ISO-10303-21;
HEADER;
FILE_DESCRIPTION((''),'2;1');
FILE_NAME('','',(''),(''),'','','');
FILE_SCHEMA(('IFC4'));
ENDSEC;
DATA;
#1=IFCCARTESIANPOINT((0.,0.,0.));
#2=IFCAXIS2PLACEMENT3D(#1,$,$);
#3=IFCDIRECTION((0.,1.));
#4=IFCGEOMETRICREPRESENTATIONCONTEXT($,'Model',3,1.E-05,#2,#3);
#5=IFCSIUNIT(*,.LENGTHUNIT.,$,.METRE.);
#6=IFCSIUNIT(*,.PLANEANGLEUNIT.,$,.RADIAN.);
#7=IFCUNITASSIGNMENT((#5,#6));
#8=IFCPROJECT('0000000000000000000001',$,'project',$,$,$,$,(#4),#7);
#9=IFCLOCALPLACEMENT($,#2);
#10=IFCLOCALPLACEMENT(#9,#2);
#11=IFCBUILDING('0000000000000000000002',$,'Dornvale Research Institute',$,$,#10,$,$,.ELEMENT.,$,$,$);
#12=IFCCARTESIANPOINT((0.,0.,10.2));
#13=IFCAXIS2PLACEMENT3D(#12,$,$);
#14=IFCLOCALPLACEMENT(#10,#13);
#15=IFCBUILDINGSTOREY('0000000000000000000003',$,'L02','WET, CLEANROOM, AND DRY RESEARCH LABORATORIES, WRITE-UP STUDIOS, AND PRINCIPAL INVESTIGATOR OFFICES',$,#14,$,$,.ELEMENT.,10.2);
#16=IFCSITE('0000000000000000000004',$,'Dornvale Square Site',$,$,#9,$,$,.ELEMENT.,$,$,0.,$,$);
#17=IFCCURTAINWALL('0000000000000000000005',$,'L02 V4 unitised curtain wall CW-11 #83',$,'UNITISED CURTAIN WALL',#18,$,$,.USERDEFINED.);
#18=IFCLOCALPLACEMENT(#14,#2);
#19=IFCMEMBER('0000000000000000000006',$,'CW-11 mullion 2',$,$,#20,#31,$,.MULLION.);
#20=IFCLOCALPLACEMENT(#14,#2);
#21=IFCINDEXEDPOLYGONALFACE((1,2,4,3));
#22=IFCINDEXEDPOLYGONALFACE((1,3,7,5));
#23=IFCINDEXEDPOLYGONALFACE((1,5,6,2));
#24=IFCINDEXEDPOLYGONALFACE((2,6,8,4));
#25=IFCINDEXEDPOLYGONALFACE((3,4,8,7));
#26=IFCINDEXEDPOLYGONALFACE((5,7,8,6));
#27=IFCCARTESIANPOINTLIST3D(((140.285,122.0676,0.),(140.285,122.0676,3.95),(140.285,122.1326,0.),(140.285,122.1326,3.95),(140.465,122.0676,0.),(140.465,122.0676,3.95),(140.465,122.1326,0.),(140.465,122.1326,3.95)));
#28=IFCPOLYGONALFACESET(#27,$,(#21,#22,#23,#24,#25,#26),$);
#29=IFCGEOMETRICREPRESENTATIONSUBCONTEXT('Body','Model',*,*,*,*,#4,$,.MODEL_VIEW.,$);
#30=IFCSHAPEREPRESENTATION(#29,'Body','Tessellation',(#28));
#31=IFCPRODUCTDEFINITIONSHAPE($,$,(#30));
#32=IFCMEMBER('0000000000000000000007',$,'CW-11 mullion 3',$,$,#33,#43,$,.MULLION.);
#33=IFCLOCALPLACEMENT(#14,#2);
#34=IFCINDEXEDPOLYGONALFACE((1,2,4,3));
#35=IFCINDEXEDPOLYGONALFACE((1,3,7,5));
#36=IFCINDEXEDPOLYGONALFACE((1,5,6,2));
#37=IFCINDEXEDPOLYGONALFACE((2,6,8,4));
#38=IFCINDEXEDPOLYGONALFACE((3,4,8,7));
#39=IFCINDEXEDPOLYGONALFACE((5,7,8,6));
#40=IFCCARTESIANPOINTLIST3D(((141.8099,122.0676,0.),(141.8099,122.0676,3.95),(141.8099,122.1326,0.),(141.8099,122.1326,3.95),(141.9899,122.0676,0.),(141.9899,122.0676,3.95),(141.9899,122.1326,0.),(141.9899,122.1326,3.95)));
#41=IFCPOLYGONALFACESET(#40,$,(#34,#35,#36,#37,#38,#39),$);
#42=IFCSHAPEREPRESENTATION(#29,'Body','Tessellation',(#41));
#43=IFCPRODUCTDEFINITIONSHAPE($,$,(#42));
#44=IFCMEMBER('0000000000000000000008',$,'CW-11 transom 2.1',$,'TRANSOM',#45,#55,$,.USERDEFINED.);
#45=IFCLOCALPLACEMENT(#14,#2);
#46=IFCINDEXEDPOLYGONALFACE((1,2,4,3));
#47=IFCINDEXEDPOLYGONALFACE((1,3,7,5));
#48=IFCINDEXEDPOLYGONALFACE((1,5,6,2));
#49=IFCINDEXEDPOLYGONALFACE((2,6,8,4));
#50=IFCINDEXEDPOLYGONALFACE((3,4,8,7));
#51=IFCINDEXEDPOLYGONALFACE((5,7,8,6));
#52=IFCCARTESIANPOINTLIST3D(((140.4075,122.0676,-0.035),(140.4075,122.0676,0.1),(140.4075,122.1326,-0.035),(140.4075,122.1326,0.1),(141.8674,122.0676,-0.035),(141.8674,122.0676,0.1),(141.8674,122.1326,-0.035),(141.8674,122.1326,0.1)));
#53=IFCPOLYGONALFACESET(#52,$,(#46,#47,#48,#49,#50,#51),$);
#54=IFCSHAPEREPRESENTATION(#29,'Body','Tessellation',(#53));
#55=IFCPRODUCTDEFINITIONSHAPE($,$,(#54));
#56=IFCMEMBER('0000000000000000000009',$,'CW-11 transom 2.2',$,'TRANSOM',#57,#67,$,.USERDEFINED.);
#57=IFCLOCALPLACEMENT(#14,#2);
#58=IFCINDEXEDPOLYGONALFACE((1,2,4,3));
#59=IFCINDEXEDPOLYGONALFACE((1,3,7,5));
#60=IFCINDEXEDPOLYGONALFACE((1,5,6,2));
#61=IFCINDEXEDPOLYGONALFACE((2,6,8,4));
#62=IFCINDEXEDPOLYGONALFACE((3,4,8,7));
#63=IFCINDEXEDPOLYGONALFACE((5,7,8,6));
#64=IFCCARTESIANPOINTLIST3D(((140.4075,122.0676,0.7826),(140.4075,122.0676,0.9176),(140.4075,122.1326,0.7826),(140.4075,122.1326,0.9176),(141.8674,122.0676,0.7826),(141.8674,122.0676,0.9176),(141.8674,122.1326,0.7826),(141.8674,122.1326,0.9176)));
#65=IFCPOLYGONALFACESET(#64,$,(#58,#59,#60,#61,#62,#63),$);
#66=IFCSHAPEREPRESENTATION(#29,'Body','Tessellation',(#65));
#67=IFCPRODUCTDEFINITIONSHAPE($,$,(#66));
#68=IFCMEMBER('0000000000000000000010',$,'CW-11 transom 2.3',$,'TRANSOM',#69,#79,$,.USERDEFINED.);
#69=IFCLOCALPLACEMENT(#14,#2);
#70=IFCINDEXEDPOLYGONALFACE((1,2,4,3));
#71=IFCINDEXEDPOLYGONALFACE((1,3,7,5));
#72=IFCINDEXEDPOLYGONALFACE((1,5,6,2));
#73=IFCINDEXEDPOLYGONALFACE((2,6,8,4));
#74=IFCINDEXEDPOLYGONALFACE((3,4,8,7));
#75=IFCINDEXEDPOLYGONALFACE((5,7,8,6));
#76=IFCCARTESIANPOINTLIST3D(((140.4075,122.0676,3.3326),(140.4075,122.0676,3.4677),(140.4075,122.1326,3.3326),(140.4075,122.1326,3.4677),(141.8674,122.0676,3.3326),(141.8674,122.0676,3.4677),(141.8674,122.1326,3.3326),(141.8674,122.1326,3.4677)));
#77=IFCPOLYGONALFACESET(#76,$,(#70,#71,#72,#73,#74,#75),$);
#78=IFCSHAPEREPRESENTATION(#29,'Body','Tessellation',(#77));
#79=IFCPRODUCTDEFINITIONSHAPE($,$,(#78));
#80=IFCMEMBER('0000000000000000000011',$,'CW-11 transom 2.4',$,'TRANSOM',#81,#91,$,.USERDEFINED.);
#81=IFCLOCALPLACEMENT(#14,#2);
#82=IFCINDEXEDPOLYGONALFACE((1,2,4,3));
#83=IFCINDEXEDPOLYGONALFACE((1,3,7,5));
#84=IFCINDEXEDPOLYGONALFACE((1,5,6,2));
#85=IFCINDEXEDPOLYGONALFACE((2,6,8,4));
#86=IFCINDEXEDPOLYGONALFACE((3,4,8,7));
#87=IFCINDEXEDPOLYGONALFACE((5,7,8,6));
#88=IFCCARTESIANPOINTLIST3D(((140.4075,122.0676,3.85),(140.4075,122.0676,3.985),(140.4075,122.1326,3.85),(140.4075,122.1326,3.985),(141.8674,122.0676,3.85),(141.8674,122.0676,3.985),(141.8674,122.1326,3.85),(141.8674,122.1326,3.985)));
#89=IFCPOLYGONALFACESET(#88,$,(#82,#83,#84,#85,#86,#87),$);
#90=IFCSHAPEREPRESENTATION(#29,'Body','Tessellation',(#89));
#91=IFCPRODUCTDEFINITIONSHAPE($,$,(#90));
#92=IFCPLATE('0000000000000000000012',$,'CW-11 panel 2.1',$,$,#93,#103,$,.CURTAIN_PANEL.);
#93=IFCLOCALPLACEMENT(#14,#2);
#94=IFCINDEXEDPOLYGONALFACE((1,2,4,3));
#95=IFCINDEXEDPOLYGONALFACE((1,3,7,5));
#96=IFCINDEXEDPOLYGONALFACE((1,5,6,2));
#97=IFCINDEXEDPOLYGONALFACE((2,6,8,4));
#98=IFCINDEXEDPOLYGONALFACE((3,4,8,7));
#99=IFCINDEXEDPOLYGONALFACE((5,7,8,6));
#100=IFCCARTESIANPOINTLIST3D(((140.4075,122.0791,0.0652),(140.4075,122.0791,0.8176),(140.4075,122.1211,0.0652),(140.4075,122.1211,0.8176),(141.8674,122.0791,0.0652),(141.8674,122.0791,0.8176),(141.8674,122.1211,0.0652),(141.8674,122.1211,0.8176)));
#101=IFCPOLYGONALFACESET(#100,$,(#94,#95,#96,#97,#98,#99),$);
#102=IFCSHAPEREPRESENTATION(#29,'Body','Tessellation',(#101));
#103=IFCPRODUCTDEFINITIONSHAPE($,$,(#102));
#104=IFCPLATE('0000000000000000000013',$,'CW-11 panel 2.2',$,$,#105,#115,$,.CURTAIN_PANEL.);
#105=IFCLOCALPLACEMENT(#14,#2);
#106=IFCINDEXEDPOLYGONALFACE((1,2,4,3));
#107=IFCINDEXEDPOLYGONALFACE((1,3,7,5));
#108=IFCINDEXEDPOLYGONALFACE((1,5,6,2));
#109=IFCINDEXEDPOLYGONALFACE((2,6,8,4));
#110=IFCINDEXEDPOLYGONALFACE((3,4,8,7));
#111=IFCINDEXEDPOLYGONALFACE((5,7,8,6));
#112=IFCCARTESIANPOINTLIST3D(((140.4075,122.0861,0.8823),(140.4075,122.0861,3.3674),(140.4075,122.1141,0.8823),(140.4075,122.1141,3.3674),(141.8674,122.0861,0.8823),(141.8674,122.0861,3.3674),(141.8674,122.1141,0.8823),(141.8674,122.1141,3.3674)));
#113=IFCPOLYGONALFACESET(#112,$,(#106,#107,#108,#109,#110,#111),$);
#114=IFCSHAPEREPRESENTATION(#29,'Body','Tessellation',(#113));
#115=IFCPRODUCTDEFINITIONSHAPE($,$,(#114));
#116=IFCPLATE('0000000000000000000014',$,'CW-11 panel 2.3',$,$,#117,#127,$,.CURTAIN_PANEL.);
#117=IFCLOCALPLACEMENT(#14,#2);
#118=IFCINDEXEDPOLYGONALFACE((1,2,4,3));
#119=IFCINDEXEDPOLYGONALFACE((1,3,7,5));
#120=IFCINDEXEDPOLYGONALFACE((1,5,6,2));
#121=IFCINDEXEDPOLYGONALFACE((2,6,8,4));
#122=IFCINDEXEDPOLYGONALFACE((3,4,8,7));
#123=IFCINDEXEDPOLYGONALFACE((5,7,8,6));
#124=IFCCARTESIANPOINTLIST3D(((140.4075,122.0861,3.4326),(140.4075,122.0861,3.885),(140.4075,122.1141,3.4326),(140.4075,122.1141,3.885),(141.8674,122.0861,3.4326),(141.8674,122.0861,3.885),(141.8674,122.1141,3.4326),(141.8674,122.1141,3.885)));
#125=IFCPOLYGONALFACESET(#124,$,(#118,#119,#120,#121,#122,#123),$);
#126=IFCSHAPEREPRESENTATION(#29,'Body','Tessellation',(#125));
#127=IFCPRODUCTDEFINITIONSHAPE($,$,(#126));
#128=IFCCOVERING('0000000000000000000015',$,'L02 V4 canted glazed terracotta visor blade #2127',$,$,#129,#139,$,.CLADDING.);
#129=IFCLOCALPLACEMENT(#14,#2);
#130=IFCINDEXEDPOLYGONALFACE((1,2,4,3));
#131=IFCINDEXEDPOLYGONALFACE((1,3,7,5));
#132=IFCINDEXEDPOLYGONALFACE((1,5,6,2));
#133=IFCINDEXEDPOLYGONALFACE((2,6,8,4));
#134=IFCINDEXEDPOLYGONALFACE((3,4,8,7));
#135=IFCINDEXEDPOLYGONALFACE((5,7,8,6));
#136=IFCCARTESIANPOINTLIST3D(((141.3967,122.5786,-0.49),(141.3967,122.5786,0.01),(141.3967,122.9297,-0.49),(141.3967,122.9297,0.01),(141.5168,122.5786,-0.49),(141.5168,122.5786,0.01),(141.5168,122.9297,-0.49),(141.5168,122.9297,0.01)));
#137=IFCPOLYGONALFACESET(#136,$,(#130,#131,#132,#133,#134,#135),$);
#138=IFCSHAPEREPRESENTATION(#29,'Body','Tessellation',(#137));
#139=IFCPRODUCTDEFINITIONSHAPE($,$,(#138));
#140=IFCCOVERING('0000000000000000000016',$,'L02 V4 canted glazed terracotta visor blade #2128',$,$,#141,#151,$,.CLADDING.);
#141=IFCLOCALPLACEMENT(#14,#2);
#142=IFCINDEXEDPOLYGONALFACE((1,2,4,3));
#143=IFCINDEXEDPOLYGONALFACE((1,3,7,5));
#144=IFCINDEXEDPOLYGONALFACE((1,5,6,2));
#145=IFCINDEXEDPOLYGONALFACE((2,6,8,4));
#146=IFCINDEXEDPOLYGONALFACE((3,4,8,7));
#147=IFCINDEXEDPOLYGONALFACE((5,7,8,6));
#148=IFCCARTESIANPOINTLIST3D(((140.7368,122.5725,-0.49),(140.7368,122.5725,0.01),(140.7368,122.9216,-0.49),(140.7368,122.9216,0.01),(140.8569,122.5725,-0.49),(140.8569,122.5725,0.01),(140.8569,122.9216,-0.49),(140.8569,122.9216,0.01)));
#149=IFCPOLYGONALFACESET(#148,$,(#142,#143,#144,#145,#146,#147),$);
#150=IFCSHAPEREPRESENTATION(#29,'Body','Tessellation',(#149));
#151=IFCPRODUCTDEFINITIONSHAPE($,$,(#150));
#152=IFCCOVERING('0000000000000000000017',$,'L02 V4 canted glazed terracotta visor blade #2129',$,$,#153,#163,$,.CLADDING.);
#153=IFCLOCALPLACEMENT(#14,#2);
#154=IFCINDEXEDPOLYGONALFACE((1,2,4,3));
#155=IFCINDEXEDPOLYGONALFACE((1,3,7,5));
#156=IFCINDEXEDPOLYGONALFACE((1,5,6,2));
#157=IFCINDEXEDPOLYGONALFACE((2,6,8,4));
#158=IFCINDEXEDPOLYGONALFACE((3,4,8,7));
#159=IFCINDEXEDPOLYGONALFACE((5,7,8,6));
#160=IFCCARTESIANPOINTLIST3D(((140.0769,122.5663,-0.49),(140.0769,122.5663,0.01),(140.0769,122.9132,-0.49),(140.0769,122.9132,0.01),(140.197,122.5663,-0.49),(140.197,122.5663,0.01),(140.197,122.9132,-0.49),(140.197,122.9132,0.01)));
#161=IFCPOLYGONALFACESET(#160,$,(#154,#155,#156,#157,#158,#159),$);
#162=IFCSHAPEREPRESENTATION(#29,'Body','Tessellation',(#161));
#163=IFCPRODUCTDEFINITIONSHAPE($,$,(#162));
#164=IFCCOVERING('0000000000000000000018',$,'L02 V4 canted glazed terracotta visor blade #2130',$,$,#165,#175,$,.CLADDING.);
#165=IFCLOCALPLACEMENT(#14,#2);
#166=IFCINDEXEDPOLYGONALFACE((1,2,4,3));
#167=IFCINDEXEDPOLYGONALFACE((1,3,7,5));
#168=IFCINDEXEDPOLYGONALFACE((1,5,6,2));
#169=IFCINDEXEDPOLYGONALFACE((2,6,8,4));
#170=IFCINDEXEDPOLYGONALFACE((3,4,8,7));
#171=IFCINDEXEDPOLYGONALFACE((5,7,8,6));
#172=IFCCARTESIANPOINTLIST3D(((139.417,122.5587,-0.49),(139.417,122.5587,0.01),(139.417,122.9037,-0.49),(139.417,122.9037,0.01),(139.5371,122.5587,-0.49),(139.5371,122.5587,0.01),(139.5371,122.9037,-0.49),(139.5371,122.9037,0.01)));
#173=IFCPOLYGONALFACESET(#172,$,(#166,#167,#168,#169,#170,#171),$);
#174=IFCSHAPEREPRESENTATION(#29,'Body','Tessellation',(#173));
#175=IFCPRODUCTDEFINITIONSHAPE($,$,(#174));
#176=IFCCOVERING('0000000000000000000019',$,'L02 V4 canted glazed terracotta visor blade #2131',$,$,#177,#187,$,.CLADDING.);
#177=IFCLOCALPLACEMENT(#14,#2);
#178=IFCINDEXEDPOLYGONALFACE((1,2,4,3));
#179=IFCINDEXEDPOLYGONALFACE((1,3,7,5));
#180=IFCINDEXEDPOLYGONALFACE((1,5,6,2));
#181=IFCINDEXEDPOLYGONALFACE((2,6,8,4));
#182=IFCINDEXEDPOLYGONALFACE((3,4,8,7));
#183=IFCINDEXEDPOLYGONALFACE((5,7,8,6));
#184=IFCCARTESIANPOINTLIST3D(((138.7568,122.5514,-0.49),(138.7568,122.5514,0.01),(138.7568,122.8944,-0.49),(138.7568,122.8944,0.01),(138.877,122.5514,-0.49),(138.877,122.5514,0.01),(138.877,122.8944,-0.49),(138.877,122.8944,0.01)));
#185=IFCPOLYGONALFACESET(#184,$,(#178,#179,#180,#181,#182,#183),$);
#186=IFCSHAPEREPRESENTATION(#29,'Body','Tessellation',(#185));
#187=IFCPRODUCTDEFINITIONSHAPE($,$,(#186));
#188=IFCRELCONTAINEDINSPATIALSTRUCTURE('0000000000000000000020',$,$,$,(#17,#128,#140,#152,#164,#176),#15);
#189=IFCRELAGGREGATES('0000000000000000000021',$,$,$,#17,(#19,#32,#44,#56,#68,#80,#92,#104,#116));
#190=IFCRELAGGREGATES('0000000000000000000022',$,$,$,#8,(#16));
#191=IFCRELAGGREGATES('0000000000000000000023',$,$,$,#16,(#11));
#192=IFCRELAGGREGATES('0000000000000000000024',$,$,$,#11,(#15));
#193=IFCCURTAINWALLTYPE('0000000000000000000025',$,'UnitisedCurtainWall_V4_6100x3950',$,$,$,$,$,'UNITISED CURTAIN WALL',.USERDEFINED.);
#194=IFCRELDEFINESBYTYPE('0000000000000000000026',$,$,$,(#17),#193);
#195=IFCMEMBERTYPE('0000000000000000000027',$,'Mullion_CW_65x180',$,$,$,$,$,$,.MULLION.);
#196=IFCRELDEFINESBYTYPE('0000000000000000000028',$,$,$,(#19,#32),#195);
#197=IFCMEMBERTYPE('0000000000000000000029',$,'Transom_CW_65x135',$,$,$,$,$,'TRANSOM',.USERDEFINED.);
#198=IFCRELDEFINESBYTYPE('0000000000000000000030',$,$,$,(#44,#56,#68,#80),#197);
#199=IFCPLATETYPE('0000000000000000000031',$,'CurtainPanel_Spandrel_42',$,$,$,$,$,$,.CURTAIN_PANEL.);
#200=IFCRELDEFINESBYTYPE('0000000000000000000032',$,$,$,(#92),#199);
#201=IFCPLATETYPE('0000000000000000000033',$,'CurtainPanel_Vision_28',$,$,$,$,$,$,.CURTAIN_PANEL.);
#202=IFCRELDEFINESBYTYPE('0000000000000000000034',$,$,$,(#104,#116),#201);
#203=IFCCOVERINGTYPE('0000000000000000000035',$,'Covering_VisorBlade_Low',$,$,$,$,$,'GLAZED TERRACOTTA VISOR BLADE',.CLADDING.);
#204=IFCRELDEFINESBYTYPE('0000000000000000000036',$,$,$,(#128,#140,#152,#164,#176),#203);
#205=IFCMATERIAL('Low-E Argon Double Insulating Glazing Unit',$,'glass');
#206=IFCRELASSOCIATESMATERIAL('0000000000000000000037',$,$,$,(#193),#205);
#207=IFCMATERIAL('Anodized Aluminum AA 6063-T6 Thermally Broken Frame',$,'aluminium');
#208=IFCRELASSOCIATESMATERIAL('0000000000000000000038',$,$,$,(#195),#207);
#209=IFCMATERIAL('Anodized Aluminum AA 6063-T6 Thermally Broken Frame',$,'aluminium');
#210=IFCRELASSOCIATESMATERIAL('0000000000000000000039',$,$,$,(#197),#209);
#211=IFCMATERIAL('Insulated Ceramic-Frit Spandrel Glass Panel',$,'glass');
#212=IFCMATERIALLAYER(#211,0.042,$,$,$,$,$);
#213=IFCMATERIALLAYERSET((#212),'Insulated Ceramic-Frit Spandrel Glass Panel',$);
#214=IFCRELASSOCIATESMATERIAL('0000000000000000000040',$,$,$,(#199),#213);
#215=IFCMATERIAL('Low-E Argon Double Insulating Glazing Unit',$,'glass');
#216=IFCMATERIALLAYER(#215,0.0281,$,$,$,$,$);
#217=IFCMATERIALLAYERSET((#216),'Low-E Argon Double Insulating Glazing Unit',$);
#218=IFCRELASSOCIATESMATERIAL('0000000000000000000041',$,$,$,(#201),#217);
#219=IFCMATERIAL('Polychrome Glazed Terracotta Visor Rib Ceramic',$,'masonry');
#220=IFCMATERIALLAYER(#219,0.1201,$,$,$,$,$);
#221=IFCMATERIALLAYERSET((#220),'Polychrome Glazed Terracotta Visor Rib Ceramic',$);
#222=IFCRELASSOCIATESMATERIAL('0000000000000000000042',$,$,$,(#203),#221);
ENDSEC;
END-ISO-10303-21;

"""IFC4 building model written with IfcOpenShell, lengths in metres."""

from ifc_helpers import new_model, si_unit, direction, frame, origin, origin_2d, place, context, subcontext, project, spatial, rectangle, extrude, material, layer, layer_set, material_profile, profile_set, type_object, element, aggregate, save


model = new_model("IFC4")

# Units and contexts
model_context = context("Model", 3, precision=1e-05, world=origin(), true_north=direction((0.0, 1.0)))
body_context = subcontext(model_context, "Body", "Model", "MODEL_VIEW")
ifc_project = project(units=[si_unit("LENGTHUNIT", "METRE"), si_unit("PLANEANGLEUNIT", "RADIAN")], contexts=[model_context])

# Site, building, storey
site_placement = place(None, origin())
site = spatial("IfcSite", under=ifc_project, at=site_placement, Name="Dornvale Square Site", CompositionType="ELEMENT", RefElevation=0.0)
building_placement = place(site_placement, origin())
building = spatial("IfcBuilding", under=site, at=building_placement, Name="Dornvale Research Institute", CompositionType="ELEMENT")
storey_placement = place(building_placement, frame((0.0, 0.0, 10.2)))
storey = spatial("IfcBuildingStorey", under=building, at=storey_placement, Name="L02", Description="WET, CLEANROOM, AND DRY RESEARCH LABORATORIES, WRITE-UP STUDIOS, AND PRINCIPAL INVESTIGATOR OFFICES", CompositionType="ELEMENT", Elevation=10.2)

# Curtain wall, members, plates
ifc_material_1 = material(Name="Low-E Argon Double Insulating Glazing Unit", Category="glass")
curtain_wall_type = type_object("IfcCurtainWallType", Name="UnitisedCurtainWall_V4_6100x3950", ElementType="UNITISED CURTAIN WALL", PredefinedType="USERDEFINED", material=ifc_material_1)
curtain_wall_placement = place(storey_placement, origin())
curtain_wall = element("IfcCurtainWall", 1, at=curtain_wall_placement, inside=storey, type_object=curtain_wall_type, Name="L02 V4 unitised curtain wall CW-11 #83", ObjectType="UNITISED CURTAIN WALL", PredefinedType="USERDEFINED")
ifc_material_2 = material(Name="Anodized Aluminum AA 6063-T6 Thermally Broken Frame", Category="aluminium")
ifc_material_profile_1 = material_profile(ifc_material_2, rectangle(XDim=0.0649, YDim=0.1799, at=origin_2d()), Name="ALU MULLION 65x180")
ifc_profile_set_1 = profile_set([ifc_material_profile_1], Name="Anodized Aluminum AA 6063-T6 Thermally Broken Frame")
member_type_1 = type_object("IfcMemberType", Name="Mullion_CW_65x180", PredefinedType="MULLION", material=ifc_profile_set_1)
member_1_placement = place(storey_placement, frame((140.375, 122.1001, 0.0), z_axis=(0.0, 0.0, 1.0), x_axis=(0.0, 1.0, 0.0)))
member_1 = element("IfcMember", 2, at=member_1_placement, type_object=member_type_1, Name="CW-11 mullion 2", PredefinedType="MULLION", context=body_context, shape_type="SweptSolid", body=[
    extrude(rectangle(XDim=0.0649, YDim=0.1799, at=origin_2d()), origin(), (0.0, 0.0, 1.0), 3.95),
])
member_2_placement = place(storey_placement, frame((141.8999, 122.1001, 0.0), z_axis=(0.0, 0.0, 1.0), x_axis=(0.0, 1.0, 0.0)))
member_2 = element("IfcMember", 3, at=member_2_placement, type_object=member_type_1, Name="CW-11 mullion 3", PredefinedType="MULLION", context=body_context, shape_type="SweptSolid", body=[
    extrude(rectangle(XDim=0.0649, YDim=0.1799, at=origin_2d()), origin(), (0.0, 0.0, 1.0), 3.95),
])
ifc_material_3 = material(Name="Anodized Aluminum AA 6063-T6 Thermally Broken Frame", Category="aluminium")
ifc_material_profile_2 = material_profile(ifc_material_3, rectangle(XDim=0.0649, YDim=0.135, at=origin_2d()), Name="ALU TRANSOM 65x135")
ifc_profile_set_2 = profile_set([ifc_material_profile_2], Name="Anodized Aluminum AA 6063-T6 Thermally Broken Frame")
member_type_2 = type_object("IfcMemberType", Name="Transom_CW_65x135", ElementType="TRANSOM", PredefinedType="USERDEFINED", material=ifc_profile_set_2)
member_3_placement = place(storey_placement, frame((140.4075, 122.1001, 0.0325), z_axis=(1.0, 0.0, 0.0), x_axis=(0.0, 1.0, 0.0)))
member_3 = element("IfcMember", 4, at=member_3_placement, type_object=member_type_2, Name="CW-11 transom 2.1", ObjectType="TRANSOM", PredefinedType="USERDEFINED", context=body_context, shape_type="SweptSolid", body=[
    extrude(rectangle(XDim=0.0649, YDim=0.135, at=origin_2d()), origin(), (0.0, 0.0, 1.0), 1.46),
])
member_4_placement = place(storey_placement, frame((140.4075, 122.1001, 0.8501), z_axis=(1.0, 0.0, 0.0), x_axis=(0.0, 1.0, 0.0)))
member_4 = element("IfcMember", 5, at=member_4_placement, type_object=member_type_2, Name="CW-11 transom 2.2", ObjectType="TRANSOM", PredefinedType="USERDEFINED", context=body_context, shape_type="SweptSolid", body=[
    extrude(rectangle(XDim=0.0649, YDim=0.135, at=origin_2d()), origin(), (0.0, 0.0, 1.0), 1.46),
])
member_5_placement = place(storey_placement, frame((140.4075, 122.1001, 3.4001), z_axis=(1.0, 0.0, 0.0), x_axis=(0.0, 1.0, 0.0)))
member_5 = element("IfcMember", 6, at=member_5_placement, type_object=member_type_2, Name="CW-11 transom 2.3", ObjectType="TRANSOM", PredefinedType="USERDEFINED", context=body_context, shape_type="SweptSolid", body=[
    extrude(rectangle(XDim=0.0649, YDim=0.135, at=origin_2d()), origin(), (0.0, 0.0, 1.0), 1.46),
])
member_6_placement = place(storey_placement, frame((140.4075, 122.1001, 3.9175), z_axis=(1.0, 0.0, 0.0), x_axis=(0.0, 1.0, 0.0)))
member_6 = element("IfcMember", 7, at=member_6_placement, type_object=member_type_2, Name="CW-11 transom 2.4", ObjectType="TRANSOM", PredefinedType="USERDEFINED", context=body_context, shape_type="SweptSolid", body=[
    extrude(rectangle(XDim=0.0649, YDim=0.135, at=origin_2d()), origin(), (0.0, 0.0, 1.0), 1.46),
])
ifc_material_4 = material(Name="Insulated Ceramic-Frit Spandrel Glass Panel", Category="glass")
ifc_layer_1 = layer(ifc_material_4, 0.042)
ifc_layer_set_1 = layer_set([ifc_layer_1], Name="Insulated Ceramic-Frit Spandrel Glass Panel")
plate_type_1 = type_object("IfcPlateType", Name="CurtainPanel_Spandrel_42", PredefinedType="CURTAIN_PANEL", material=ifc_layer_set_1)
plate_1_placement = place(storey_placement, frame((141.1375, 122.1001, 0.0652), z_axis=(0.0, 0.0, 1.0), x_axis=(1.0, 0.0, 0.0)))
plate_1 = element("IfcPlate", 8, at=plate_1_placement, type_object=plate_type_1, Name="CW-11 panel 2.1", PredefinedType="CURTAIN_PANEL", context=body_context, shape_type="SweptSolid", body=[
    extrude(rectangle(XDim=1.46, YDim=0.042, at=origin_2d()), origin(), (0.0, 0.0, 1.0), 0.7524),
])
ifc_material_5 = material(Name="Low-E Argon Double Insulating Glazing Unit", Category="glass")
ifc_layer_2 = layer(ifc_material_5, 0.0281)
ifc_layer_set_2 = layer_set([ifc_layer_2], Name="Low-E Argon Double Insulating Glazing Unit")
plate_type_2 = type_object("IfcPlateType", Name="CurtainPanel_Vision_28", PredefinedType="CURTAIN_PANEL", material=ifc_layer_set_2)
plate_2_placement = place(storey_placement, frame((141.1375, 122.1001, 0.8823), z_axis=(0.0, 0.0, 1.0), x_axis=(1.0, 0.0, 0.0)))
plate_2 = element("IfcPlate", 9, at=plate_2_placement, type_object=plate_type_2, Name="CW-11 panel 2.2", PredefinedType="CURTAIN_PANEL", context=body_context, shape_type="SweptSolid", body=[
    extrude(rectangle(XDim=1.46, YDim=0.0281, at=origin_2d()), origin(), (0.0, 0.0, 1.0), 2.4851),
])
plate_3_placement = place(storey_placement, frame((141.1375, 122.1001, 3.4326), z_axis=(0.0, 0.0, 1.0), x_axis=(1.0, 0.0, 0.0)))
plate_3 = element("IfcPlate", 10, at=plate_3_placement, type_object=plate_type_2, Name="CW-11 panel 2.3", PredefinedType="CURTAIN_PANEL", context=body_context, shape_type="SweptSolid", body=[
    extrude(rectangle(XDim=1.46, YDim=0.0281, at=origin_2d()), origin(), (0.0, 0.0, 1.0), 0.4524),
])
aggregate(curtain_wall, [member_1, member_2, member_3, member_4, member_5, member_6, plate_1, plate_2, plate_3])

# Coverings
ifc_material_6 = material(Name="Polychrome Glazed Terracotta Visor Rib Ceramic", Category="masonry")
ifc_layer_3 = layer(ifc_material_6, 0.1201)
ifc_layer_set_3 = layer_set([ifc_layer_3], Name="Polychrome Glazed Terracotta Visor Rib Ceramic")
covering_type = type_object("IfcCoveringType", Name="Covering_VisorBlade_Low", ElementType="GLAZED TERRACOTTA VISOR BLADE", PredefinedType="CLADDING", material=ifc_layer_set_3)
covering_1_placement = place(storey_placement, frame((141.4568, 122.7542, -0.49), z_axis=(0.0, 0.0, 1.0), x_axis=(0.0, 1.0, 0.0)))
element("IfcCovering", 11, at=covering_1_placement, inside=storey, type_object=covering_type, Name="L02 V4 canted glazed terracotta visor blade #2127", PredefinedType="CLADDING", context=body_context, shape_type="SweptSolid", body=[
    extrude(rectangle(XDim=0.3511, YDim=0.1201, at=origin_2d()), origin(), (0.0, 0.0, 1.0), 0.5),
])
covering_2_placement = place(storey_placement, frame((140.7969, 122.7471, -0.49), z_axis=(0.0, 0.0, 1.0), x_axis=(0.0, 1.0, 0.0)))
element("IfcCovering", 12, at=covering_2_placement, inside=storey, type_object=covering_type, Name="L02 V4 canted glazed terracotta visor blade #2128", PredefinedType="CLADDING", context=body_context, shape_type="SweptSolid", body=[
    extrude(rectangle(XDim=0.3491, YDim=0.1201, at=origin_2d()), origin(), (0.0, 0.0, 1.0), 0.5),
])
covering_3_placement = place(storey_placement, frame((140.137, 122.7397, -0.49), z_axis=(0.0, 0.0, 1.0), x_axis=(0.0, 1.0, 0.0)))
element("IfcCovering", 13, at=covering_3_placement, inside=storey, type_object=covering_type, Name="L02 V4 canted glazed terracotta visor blade #2129", PredefinedType="CLADDING", context=body_context, shape_type="SweptSolid", body=[
    extrude(rectangle(XDim=0.3469, YDim=0.1201, at=origin_2d()), origin(), (0.0, 0.0, 1.0), 0.5),
])
covering_4_placement = place(storey_placement, frame((139.4771, 122.7312, -0.49), z_axis=(0.0, 0.0, 1.0), x_axis=(0.0, 1.0, 0.0)))
element("IfcCovering", 14, at=covering_4_placement, inside=storey, type_object=covering_type, Name="L02 V4 canted glazed terracotta visor blade #2130", PredefinedType="CLADDING", context=body_context, shape_type="SweptSolid", body=[
    extrude(rectangle(XDim=0.345, YDim=0.1201, at=origin_2d()), origin(), (0.0, 0.0, 1.0), 0.5),
])
covering_5_placement = place(storey_placement, frame((138.8169, 122.7229, -0.49), z_axis=(0.0, 0.0, 1.0), x_axis=(0.0, 1.0, 0.0)))
element("IfcCovering", 15, at=covering_5_placement, inside=storey, type_object=covering_type, Name="L02 V4 canted glazed terracotta visor blade #2131", PredefinedType="CLADDING", context=body_context, shape_type="SweptSolid", body=[
    extrude(rectangle(XDim=0.343, YDim=0.1201, at=origin_2d()), origin(), (0.0, 0.0, 1.0), 0.5),
])

save(model, "model.ifc")
